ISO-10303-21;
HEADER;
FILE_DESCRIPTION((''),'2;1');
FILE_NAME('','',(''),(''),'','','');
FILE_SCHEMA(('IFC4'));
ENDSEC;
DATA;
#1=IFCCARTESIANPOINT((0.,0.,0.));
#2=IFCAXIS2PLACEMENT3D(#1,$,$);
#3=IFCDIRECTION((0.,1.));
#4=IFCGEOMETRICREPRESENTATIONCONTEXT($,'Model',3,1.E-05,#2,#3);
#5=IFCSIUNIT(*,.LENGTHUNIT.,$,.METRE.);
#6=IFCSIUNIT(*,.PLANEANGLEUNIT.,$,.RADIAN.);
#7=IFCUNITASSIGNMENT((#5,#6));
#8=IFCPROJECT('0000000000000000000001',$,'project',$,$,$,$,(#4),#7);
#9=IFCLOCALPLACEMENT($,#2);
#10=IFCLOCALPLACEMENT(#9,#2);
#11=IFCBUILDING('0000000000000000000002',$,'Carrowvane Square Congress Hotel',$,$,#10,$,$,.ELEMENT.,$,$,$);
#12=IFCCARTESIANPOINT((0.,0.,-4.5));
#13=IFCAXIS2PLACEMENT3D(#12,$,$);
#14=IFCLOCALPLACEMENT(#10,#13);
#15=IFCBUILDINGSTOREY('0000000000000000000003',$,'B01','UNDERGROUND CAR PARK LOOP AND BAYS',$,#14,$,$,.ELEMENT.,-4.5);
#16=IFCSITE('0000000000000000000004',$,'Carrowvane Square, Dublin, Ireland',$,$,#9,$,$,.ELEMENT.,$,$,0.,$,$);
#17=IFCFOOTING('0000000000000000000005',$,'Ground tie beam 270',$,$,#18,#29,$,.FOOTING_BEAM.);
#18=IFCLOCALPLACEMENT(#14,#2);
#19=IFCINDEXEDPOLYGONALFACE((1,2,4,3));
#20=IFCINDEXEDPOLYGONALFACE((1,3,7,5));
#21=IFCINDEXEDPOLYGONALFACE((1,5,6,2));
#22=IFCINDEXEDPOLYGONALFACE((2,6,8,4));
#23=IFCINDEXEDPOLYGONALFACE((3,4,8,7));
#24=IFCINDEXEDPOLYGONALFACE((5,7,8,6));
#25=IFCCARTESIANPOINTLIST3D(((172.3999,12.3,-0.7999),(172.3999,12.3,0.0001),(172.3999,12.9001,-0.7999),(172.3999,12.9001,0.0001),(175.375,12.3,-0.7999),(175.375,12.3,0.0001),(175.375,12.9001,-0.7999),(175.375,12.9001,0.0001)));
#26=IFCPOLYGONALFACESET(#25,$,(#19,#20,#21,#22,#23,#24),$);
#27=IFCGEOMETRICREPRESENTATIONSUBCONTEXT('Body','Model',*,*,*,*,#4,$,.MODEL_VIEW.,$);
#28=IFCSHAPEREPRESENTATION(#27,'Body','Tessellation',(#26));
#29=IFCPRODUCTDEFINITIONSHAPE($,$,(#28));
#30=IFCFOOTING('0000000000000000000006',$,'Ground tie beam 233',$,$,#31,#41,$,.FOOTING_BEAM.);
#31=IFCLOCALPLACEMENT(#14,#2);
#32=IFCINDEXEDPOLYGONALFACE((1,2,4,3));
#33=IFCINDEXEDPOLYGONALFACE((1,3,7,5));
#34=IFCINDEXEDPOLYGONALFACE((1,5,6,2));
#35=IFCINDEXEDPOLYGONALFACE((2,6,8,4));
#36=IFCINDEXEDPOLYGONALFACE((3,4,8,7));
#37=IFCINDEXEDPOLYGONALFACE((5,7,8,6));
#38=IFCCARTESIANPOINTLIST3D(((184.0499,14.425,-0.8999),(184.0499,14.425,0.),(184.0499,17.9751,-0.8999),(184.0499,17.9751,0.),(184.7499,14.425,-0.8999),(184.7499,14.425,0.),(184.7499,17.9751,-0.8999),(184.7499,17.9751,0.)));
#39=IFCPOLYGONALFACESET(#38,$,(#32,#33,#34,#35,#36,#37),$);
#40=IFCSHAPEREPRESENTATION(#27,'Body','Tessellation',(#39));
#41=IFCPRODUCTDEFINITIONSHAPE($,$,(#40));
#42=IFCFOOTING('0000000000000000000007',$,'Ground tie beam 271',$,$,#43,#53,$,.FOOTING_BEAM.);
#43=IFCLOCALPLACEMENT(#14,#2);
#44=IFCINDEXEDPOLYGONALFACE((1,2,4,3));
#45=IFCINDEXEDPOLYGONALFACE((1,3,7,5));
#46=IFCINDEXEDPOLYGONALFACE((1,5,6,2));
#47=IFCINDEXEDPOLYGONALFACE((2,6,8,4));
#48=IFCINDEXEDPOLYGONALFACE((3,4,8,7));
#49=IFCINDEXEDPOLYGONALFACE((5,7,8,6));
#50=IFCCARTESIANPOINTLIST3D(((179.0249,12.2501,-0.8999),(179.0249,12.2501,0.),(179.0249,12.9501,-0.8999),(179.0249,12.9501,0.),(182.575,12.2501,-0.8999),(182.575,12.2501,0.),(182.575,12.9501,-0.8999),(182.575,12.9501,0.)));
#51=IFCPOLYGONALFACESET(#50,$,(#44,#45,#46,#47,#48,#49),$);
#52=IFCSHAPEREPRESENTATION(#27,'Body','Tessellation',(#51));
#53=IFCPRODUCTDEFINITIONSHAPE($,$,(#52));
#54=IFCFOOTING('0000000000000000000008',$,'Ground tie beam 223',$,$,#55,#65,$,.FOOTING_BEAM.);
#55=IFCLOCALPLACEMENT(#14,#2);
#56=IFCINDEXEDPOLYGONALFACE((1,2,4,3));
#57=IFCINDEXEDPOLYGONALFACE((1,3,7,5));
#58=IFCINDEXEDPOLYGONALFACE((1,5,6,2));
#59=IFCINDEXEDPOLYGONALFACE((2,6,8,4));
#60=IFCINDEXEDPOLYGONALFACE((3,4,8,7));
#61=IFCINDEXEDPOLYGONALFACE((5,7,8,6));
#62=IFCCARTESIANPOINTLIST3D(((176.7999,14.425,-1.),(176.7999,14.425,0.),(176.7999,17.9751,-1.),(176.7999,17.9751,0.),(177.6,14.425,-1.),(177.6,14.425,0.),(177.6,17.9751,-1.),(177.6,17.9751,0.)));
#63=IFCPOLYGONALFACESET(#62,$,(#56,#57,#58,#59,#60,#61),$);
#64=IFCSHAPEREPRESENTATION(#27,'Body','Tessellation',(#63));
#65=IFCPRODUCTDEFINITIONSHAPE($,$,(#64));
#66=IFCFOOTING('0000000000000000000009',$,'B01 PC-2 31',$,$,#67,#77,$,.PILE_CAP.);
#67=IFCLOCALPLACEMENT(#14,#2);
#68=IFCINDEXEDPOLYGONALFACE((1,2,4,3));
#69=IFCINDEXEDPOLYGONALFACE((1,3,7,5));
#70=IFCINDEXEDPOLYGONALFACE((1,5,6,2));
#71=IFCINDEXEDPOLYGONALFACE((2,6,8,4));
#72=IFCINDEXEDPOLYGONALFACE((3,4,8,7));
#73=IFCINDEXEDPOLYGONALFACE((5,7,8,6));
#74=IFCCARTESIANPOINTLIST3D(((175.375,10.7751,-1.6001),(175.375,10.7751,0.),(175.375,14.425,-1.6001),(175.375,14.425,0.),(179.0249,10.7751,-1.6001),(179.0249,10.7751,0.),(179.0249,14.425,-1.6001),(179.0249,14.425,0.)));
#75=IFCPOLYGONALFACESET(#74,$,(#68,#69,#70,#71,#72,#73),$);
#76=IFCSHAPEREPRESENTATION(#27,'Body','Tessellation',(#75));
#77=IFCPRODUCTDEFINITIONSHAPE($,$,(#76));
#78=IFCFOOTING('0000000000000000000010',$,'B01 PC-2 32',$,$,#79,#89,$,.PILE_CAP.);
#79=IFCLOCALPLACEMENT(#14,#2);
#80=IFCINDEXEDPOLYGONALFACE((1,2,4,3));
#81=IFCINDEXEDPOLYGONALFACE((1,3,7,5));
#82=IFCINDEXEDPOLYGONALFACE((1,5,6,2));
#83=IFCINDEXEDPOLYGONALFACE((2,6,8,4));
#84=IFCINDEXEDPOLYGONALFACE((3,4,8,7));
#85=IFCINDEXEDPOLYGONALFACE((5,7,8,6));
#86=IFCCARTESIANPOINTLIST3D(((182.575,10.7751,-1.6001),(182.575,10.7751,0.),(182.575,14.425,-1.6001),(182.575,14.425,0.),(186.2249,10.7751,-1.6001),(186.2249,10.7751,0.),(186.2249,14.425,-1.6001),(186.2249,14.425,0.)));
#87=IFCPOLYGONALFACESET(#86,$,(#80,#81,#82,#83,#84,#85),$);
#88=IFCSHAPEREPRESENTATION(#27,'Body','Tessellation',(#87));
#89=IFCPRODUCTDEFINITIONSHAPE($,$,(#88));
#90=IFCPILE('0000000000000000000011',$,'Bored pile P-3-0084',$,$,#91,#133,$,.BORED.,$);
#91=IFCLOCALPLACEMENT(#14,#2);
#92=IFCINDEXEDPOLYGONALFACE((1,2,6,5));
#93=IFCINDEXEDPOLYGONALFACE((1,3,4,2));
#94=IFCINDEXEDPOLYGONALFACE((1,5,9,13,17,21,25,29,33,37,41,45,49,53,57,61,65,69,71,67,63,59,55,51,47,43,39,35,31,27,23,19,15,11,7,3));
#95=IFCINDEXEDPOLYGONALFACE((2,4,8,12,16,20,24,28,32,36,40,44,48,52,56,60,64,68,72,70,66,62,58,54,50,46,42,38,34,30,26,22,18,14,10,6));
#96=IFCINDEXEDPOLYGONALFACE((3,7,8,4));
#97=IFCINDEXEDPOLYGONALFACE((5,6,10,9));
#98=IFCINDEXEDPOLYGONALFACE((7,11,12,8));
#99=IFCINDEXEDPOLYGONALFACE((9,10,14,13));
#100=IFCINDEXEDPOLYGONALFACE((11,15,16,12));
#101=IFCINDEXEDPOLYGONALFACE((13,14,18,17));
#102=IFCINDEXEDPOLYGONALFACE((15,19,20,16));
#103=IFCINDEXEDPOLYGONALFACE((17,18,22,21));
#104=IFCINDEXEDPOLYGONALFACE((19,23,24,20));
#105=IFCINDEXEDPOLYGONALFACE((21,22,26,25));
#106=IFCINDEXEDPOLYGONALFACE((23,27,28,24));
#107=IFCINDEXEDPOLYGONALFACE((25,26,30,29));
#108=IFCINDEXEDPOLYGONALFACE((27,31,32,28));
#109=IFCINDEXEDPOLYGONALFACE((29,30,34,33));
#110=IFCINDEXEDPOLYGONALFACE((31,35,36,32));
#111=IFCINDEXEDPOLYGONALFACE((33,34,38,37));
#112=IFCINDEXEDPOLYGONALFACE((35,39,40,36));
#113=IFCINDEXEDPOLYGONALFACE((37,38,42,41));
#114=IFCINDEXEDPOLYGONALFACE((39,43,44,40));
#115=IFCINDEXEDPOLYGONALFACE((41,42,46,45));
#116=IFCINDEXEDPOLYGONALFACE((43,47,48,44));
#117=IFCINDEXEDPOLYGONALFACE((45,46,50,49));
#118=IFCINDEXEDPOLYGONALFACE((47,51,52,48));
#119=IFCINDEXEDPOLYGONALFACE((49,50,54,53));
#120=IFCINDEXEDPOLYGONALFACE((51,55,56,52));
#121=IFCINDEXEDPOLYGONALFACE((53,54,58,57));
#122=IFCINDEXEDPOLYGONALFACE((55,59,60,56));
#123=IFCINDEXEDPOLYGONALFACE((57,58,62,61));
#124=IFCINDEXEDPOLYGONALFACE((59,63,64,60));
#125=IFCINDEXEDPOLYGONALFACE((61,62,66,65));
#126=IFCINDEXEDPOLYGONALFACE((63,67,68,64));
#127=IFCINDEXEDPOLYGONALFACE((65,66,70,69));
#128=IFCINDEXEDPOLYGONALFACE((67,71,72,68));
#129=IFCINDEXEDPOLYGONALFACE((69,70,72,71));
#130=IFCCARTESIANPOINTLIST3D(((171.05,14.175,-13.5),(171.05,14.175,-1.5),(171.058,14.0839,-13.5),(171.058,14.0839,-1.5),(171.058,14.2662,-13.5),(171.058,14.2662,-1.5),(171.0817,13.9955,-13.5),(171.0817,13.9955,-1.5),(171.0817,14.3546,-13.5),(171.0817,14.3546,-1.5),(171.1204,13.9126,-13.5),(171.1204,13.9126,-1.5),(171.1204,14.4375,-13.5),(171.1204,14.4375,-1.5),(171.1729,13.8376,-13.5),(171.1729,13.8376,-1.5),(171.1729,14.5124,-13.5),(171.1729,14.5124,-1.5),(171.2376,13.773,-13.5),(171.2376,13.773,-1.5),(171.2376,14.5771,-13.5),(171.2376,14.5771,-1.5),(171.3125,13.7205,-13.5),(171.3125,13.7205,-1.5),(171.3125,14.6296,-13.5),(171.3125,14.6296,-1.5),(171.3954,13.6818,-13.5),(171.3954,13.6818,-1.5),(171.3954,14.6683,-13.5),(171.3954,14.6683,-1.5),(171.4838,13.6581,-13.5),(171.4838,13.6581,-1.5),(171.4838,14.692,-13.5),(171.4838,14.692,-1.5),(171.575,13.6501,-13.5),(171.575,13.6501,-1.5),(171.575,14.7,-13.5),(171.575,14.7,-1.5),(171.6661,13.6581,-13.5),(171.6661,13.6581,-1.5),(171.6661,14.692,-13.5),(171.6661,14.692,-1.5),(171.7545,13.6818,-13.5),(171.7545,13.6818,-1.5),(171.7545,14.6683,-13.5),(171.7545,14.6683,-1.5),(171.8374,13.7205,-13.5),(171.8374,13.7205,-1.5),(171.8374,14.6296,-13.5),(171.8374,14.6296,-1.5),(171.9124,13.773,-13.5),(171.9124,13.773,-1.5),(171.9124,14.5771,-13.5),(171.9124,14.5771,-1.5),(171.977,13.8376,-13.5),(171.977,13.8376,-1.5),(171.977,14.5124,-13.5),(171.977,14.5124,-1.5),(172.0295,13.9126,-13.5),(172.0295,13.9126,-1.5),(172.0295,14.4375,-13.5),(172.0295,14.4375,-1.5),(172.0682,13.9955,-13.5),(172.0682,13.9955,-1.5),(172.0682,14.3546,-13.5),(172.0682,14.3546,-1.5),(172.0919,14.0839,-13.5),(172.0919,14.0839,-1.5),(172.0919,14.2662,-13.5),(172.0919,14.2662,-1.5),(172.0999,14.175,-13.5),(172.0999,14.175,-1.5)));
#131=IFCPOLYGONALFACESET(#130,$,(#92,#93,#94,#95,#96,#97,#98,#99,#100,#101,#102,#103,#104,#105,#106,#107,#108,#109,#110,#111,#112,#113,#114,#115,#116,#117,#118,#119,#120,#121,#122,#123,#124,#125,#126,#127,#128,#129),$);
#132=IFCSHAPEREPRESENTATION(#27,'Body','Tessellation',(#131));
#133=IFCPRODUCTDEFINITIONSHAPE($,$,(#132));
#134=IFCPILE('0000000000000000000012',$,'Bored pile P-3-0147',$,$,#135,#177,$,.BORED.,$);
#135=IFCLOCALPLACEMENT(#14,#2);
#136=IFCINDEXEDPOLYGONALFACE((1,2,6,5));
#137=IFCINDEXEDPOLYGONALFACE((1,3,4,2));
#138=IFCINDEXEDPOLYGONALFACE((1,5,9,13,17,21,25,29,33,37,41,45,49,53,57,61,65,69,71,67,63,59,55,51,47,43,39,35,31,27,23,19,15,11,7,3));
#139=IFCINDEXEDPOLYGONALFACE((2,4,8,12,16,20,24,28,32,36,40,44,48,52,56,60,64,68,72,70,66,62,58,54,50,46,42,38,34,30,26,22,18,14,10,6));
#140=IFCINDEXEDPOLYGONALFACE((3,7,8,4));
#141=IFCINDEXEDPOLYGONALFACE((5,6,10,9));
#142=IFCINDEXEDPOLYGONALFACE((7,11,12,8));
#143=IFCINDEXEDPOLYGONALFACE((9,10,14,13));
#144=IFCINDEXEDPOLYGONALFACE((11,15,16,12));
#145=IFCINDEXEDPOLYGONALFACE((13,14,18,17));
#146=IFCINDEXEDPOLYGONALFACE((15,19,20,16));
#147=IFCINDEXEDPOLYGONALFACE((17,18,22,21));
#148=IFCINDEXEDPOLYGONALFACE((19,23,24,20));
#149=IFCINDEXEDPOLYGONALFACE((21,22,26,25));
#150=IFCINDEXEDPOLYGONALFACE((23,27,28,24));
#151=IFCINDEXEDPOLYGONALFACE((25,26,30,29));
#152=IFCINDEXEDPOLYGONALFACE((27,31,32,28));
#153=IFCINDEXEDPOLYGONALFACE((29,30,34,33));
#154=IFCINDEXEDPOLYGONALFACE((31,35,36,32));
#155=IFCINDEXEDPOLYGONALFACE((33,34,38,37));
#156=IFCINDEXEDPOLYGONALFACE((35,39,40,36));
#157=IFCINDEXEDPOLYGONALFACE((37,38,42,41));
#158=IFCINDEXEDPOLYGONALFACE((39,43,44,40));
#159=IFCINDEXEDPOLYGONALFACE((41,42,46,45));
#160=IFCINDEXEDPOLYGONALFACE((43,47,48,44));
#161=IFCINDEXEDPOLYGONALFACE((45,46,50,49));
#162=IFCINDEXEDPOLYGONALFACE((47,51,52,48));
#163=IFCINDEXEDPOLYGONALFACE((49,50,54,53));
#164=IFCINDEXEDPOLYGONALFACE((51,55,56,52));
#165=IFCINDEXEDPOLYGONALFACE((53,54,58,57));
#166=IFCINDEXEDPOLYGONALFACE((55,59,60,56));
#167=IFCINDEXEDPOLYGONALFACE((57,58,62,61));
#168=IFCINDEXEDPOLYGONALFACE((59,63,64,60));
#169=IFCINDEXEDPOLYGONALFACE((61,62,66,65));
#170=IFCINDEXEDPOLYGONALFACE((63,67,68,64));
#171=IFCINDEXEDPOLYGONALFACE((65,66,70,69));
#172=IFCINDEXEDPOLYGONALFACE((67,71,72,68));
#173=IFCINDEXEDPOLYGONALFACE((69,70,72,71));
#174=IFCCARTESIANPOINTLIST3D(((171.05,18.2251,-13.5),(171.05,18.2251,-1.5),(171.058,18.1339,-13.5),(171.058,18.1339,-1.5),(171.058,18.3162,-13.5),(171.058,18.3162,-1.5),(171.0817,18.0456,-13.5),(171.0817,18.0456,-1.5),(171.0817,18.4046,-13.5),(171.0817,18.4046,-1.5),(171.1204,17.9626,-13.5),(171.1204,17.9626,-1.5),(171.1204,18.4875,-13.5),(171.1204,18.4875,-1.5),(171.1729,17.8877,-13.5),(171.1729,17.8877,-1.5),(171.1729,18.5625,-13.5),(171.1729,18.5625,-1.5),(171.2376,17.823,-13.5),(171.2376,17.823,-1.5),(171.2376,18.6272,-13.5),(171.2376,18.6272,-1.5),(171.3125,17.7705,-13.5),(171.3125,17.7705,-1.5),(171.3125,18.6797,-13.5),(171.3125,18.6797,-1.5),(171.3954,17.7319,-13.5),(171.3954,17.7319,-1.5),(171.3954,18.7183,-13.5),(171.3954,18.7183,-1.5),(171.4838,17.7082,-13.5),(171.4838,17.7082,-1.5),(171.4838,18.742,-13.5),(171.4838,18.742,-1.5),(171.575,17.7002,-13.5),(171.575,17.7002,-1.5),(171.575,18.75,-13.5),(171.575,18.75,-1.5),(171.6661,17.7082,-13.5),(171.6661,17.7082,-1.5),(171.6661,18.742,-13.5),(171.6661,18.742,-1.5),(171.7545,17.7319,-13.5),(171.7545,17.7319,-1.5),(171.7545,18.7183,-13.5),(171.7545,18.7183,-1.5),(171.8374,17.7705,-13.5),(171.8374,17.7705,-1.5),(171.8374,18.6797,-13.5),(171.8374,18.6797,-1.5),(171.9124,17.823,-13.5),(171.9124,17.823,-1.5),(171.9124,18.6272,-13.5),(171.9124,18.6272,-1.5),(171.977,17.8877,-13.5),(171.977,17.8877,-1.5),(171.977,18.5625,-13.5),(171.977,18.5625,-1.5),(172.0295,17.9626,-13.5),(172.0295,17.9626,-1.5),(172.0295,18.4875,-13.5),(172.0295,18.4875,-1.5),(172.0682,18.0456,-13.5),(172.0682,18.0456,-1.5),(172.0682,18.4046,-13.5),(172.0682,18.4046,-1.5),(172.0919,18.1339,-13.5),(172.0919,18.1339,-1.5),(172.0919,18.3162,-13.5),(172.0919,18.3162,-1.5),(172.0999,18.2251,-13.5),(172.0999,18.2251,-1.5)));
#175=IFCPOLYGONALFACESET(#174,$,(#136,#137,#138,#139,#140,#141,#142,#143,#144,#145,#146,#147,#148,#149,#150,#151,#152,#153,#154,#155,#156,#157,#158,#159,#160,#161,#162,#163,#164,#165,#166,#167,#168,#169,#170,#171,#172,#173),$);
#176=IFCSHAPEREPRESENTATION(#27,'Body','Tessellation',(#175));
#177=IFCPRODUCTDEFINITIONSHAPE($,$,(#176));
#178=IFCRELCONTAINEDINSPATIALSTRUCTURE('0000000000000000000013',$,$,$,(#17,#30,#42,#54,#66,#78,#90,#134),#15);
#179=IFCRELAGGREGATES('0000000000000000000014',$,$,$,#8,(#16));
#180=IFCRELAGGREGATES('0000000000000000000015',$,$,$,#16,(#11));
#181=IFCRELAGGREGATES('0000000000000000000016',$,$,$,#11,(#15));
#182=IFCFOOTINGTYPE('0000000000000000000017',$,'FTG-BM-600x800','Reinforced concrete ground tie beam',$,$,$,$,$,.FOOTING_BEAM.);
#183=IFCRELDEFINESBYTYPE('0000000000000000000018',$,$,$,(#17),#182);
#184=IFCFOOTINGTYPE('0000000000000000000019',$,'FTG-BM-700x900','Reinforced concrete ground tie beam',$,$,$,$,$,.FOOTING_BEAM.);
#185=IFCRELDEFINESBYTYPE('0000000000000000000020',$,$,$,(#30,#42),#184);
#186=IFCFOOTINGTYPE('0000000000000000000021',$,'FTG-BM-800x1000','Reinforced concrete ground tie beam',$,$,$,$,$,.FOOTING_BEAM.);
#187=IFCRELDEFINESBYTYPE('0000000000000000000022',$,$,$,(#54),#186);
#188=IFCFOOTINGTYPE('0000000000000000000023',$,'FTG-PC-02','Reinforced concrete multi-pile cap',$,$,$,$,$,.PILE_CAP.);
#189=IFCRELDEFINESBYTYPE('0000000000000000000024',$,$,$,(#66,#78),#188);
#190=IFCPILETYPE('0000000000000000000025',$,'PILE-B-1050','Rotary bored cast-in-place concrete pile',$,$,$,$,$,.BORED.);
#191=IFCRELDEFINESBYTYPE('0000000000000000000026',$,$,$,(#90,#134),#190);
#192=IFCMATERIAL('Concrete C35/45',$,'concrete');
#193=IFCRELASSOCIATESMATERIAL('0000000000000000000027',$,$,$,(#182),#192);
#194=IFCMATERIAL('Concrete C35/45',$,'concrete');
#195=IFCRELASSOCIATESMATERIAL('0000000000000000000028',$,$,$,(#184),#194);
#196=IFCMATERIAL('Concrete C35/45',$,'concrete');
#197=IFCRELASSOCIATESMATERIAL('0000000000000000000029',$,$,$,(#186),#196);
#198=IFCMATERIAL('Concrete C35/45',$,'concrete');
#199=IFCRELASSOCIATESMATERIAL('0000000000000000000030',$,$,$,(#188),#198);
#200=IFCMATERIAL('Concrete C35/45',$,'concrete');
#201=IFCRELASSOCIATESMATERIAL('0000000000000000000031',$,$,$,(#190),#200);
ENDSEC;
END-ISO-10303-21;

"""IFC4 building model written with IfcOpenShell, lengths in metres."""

from ifc_helpers import new_model, si_unit, direction, frame, origin, origin_2d, place, context, subcontext, project, spatial, rectangle, circle, extrude, material, material_profile, profile_set, type_object, element, save


model = new_model("IFC4")

# Units and contexts
model_context = context("Model", 3, precision=1e-05, world=origin(), true_north=direction((0.0, 1.0)))
body_context = subcontext(model_context, "Body", "Model", "MODEL_VIEW")
ifc_project = project(units=[si_unit("LENGTHUNIT", "METRE"), si_unit("PLANEANGLEUNIT", "RADIAN")], contexts=[model_context])

# Site, building, storey
site_placement = place(None, origin())
site = spatial("IfcSite", under=ifc_project, at=site_placement, Name="Carrowvane Square, Dublin, Ireland", CompositionType="ELEMENT", RefElevation=0.0)
building_placement = place(site_placement, origin())
building = spatial("IfcBuilding", under=site, at=building_placement, Name="Carrowvane Square Congress Hotel", CompositionType="ELEMENT")
storey_placement = place(building_placement, frame((0.0, 0.0, -4.5)))
storey = spatial("IfcBuildingStorey", under=building, at=storey_placement, Name="B01", Description="UNDERGROUND CAR PARK LOOP AND BAYS", CompositionType="ELEMENT", Elevation=-4.5)

# Footings
ifc_material_1 = material(Name="Concrete C35/45", Category="concrete")
ifc_material_profile_1 = material_profile(ifc_material_1, rectangle(XDim=0.6001, YDim=0.8, at=origin_2d()), Name="RC 600x800")
ifc_profile_set_1 = profile_set([ifc_material_profile_1], Name="Concrete C35/45")
footing_type_1 = type_object("IfcFootingType", Name="FTG-BM-600x800", Description="Reinforced concrete ground tie beam", PredefinedType="FOOTING_BEAM", material=ifc_profile_set_1)
footing_1_placement = place(storey_placement, frame((172.3999, 12.6001, -0.3999), z_axis=(1.0, 0.0, 0.0), x_axis=(0.0, 1.0, 0.0)))
element("IfcFooting", 1, at=footing_1_placement, inside=storey, type_object=footing_type_1, Name="Ground tie beam 270", PredefinedType="FOOTING_BEAM", context=body_context, shape_type="SweptSolid", body=[
    extrude(rectangle(XDim=0.6001, YDim=0.8, at=origin_2d()), origin(), (0.0, 0.0, 1.0), 2.9751),
])
ifc_material_2 = material(Name="Concrete C35/45", Category="concrete")
ifc_material_profile_2 = material_profile(ifc_material_2, rectangle(XDim=0.7, YDim=0.8999, at=origin_2d()), Name="RC 700x900")
ifc_profile_set_2 = profile_set([ifc_material_profile_2], Name="Concrete C35/45")
footing_type_2 = type_object("IfcFootingType", Name="FTG-BM-700x900", Description="Reinforced concrete ground tie beam", PredefinedType="FOOTING_BEAM", material=ifc_profile_set_2)
for number, where, z_axis, x_axis, name in (
    (2, (184.3999, 14.425, -0.45), (0.0, 1.0, 0.0), (-1.0, 0.0, 0.0), "Ground tie beam 233"),
    (3, (179.0249, 12.6001, -0.45), (1.0, 0.0, 0.0), (0.0, 1.0, 0.0), "Ground tie beam 271"),
):
    element("IfcFooting", number, at=place(storey_placement, frame(where, z_axis=z_axis, x_axis=x_axis)), inside=storey, type_object=footing_type_2, Name=name, PredefinedType="FOOTING_BEAM", context=body_context, shape_type="SweptSolid", body=[
        extrude(rectangle(XDim=0.7, YDim=0.8999, at=origin_2d()), origin(), (0.0, 0.0, 1.0), 3.55),
    ])
ifc_material_3 = material(Name="Concrete C35/45", Category="concrete")
ifc_material_profile_3 = material_profile(ifc_material_3, rectangle(XDim=0.8, YDim=1.0, at=origin_2d()), Name="RC 800x1000")
ifc_profile_set_3 = profile_set([ifc_material_profile_3], Name="Concrete C35/45")
footing_type_3 = type_object("IfcFootingType", Name="FTG-BM-800x1000", Description="Reinforced concrete ground tie beam", PredefinedType="FOOTING_BEAM", material=ifc_profile_set_3)
footing_2_placement = place(storey_placement, frame((177.2, 14.425, -0.5), z_axis=(0.0, 1.0, 0.0), x_axis=(-1.0, 0.0, 0.0)))
element("IfcFooting", 4, at=footing_2_placement, inside=storey, type_object=footing_type_3, Name="Ground tie beam 223", PredefinedType="FOOTING_BEAM", context=body_context, shape_type="SweptSolid", body=[
    extrude(rectangle(XDim=0.8, YDim=1.0, at=origin_2d()), origin(), (0.0, 0.0, 1.0), 3.55),
])
ifc_material_4 = material(Name="Concrete C35/45", Category="concrete")
footing_type_4 = type_object("IfcFootingType", Name="FTG-PC-02", Description="Reinforced concrete multi-pile cap", PredefinedType="PILE_CAP", material=ifc_material_4)
for number, where, z_axis, x_axis, name in (
    (5, (177.2, 12.6001, -1.6001), (0.0, 0.0, 1.0), (1.0, 0.0, 0.0), "B01 PC-2 31"),
    (6, (184.3999, 12.6001, -1.6001), (0.0, 0.0, 1.0), (1.0, 0.0, 0.0), "B01 PC-2 32"),
):
    element("IfcFooting", number, at=place(storey_placement, frame(where, z_axis=z_axis, x_axis=x_axis)), inside=storey, type_object=footing_type_4, Name=name, PredefinedType="PILE_CAP", context=body_context, shape_type="SweptSolid", body=[
        extrude(rectangle(XDim=3.6499, YDim=3.6499, at=origin_2d()), origin(), (0.0, 0.0, 1.0), 1.6001),
    ])

# Piles
ifc_material_5 = material(Name="Concrete C35/45", Category="concrete")
ifc_material_profile_4 = material_profile(ifc_material_5, circle(Radius=0.5249, at=origin_2d()), Name="PILE D1050")
ifc_profile_set_4 = profile_set([ifc_material_profile_4], Name="Concrete C35/45")
pile_type_1 = type_object("IfcPileType", Name="PILE-B-1050", Description="Rotary bored cast-in-place concrete pile", PredefinedType="BORED", material=ifc_profile_set_4)
for number, where, z_axis, x_axis, name in (
    (7, (171.575, 14.175, -1.5), (0.0, 0.0, -1.0), (1.0, 0.0, 0.0), "Bored pile P-3-0084"),
    (8, (171.575, 18.2251, -1.5), (0.0, 0.0, -1.0), (1.0, 0.0, 0.0), "Bored pile P-3-0147"),
):
    element("IfcPile", number, at=place(storey_placement, frame(where, z_axis=z_axis, x_axis=x_axis)), inside=storey, type_object=pile_type_1, Name=name, PredefinedType="BORED", context=body_context, shape_type="SweptSolid", body=[
        extrude(circle(Radius=0.5249, at=origin_2d()), origin(), (0.0, 0.0, 1.0), 12.0),
    ])

save(model, "model.ifc")
